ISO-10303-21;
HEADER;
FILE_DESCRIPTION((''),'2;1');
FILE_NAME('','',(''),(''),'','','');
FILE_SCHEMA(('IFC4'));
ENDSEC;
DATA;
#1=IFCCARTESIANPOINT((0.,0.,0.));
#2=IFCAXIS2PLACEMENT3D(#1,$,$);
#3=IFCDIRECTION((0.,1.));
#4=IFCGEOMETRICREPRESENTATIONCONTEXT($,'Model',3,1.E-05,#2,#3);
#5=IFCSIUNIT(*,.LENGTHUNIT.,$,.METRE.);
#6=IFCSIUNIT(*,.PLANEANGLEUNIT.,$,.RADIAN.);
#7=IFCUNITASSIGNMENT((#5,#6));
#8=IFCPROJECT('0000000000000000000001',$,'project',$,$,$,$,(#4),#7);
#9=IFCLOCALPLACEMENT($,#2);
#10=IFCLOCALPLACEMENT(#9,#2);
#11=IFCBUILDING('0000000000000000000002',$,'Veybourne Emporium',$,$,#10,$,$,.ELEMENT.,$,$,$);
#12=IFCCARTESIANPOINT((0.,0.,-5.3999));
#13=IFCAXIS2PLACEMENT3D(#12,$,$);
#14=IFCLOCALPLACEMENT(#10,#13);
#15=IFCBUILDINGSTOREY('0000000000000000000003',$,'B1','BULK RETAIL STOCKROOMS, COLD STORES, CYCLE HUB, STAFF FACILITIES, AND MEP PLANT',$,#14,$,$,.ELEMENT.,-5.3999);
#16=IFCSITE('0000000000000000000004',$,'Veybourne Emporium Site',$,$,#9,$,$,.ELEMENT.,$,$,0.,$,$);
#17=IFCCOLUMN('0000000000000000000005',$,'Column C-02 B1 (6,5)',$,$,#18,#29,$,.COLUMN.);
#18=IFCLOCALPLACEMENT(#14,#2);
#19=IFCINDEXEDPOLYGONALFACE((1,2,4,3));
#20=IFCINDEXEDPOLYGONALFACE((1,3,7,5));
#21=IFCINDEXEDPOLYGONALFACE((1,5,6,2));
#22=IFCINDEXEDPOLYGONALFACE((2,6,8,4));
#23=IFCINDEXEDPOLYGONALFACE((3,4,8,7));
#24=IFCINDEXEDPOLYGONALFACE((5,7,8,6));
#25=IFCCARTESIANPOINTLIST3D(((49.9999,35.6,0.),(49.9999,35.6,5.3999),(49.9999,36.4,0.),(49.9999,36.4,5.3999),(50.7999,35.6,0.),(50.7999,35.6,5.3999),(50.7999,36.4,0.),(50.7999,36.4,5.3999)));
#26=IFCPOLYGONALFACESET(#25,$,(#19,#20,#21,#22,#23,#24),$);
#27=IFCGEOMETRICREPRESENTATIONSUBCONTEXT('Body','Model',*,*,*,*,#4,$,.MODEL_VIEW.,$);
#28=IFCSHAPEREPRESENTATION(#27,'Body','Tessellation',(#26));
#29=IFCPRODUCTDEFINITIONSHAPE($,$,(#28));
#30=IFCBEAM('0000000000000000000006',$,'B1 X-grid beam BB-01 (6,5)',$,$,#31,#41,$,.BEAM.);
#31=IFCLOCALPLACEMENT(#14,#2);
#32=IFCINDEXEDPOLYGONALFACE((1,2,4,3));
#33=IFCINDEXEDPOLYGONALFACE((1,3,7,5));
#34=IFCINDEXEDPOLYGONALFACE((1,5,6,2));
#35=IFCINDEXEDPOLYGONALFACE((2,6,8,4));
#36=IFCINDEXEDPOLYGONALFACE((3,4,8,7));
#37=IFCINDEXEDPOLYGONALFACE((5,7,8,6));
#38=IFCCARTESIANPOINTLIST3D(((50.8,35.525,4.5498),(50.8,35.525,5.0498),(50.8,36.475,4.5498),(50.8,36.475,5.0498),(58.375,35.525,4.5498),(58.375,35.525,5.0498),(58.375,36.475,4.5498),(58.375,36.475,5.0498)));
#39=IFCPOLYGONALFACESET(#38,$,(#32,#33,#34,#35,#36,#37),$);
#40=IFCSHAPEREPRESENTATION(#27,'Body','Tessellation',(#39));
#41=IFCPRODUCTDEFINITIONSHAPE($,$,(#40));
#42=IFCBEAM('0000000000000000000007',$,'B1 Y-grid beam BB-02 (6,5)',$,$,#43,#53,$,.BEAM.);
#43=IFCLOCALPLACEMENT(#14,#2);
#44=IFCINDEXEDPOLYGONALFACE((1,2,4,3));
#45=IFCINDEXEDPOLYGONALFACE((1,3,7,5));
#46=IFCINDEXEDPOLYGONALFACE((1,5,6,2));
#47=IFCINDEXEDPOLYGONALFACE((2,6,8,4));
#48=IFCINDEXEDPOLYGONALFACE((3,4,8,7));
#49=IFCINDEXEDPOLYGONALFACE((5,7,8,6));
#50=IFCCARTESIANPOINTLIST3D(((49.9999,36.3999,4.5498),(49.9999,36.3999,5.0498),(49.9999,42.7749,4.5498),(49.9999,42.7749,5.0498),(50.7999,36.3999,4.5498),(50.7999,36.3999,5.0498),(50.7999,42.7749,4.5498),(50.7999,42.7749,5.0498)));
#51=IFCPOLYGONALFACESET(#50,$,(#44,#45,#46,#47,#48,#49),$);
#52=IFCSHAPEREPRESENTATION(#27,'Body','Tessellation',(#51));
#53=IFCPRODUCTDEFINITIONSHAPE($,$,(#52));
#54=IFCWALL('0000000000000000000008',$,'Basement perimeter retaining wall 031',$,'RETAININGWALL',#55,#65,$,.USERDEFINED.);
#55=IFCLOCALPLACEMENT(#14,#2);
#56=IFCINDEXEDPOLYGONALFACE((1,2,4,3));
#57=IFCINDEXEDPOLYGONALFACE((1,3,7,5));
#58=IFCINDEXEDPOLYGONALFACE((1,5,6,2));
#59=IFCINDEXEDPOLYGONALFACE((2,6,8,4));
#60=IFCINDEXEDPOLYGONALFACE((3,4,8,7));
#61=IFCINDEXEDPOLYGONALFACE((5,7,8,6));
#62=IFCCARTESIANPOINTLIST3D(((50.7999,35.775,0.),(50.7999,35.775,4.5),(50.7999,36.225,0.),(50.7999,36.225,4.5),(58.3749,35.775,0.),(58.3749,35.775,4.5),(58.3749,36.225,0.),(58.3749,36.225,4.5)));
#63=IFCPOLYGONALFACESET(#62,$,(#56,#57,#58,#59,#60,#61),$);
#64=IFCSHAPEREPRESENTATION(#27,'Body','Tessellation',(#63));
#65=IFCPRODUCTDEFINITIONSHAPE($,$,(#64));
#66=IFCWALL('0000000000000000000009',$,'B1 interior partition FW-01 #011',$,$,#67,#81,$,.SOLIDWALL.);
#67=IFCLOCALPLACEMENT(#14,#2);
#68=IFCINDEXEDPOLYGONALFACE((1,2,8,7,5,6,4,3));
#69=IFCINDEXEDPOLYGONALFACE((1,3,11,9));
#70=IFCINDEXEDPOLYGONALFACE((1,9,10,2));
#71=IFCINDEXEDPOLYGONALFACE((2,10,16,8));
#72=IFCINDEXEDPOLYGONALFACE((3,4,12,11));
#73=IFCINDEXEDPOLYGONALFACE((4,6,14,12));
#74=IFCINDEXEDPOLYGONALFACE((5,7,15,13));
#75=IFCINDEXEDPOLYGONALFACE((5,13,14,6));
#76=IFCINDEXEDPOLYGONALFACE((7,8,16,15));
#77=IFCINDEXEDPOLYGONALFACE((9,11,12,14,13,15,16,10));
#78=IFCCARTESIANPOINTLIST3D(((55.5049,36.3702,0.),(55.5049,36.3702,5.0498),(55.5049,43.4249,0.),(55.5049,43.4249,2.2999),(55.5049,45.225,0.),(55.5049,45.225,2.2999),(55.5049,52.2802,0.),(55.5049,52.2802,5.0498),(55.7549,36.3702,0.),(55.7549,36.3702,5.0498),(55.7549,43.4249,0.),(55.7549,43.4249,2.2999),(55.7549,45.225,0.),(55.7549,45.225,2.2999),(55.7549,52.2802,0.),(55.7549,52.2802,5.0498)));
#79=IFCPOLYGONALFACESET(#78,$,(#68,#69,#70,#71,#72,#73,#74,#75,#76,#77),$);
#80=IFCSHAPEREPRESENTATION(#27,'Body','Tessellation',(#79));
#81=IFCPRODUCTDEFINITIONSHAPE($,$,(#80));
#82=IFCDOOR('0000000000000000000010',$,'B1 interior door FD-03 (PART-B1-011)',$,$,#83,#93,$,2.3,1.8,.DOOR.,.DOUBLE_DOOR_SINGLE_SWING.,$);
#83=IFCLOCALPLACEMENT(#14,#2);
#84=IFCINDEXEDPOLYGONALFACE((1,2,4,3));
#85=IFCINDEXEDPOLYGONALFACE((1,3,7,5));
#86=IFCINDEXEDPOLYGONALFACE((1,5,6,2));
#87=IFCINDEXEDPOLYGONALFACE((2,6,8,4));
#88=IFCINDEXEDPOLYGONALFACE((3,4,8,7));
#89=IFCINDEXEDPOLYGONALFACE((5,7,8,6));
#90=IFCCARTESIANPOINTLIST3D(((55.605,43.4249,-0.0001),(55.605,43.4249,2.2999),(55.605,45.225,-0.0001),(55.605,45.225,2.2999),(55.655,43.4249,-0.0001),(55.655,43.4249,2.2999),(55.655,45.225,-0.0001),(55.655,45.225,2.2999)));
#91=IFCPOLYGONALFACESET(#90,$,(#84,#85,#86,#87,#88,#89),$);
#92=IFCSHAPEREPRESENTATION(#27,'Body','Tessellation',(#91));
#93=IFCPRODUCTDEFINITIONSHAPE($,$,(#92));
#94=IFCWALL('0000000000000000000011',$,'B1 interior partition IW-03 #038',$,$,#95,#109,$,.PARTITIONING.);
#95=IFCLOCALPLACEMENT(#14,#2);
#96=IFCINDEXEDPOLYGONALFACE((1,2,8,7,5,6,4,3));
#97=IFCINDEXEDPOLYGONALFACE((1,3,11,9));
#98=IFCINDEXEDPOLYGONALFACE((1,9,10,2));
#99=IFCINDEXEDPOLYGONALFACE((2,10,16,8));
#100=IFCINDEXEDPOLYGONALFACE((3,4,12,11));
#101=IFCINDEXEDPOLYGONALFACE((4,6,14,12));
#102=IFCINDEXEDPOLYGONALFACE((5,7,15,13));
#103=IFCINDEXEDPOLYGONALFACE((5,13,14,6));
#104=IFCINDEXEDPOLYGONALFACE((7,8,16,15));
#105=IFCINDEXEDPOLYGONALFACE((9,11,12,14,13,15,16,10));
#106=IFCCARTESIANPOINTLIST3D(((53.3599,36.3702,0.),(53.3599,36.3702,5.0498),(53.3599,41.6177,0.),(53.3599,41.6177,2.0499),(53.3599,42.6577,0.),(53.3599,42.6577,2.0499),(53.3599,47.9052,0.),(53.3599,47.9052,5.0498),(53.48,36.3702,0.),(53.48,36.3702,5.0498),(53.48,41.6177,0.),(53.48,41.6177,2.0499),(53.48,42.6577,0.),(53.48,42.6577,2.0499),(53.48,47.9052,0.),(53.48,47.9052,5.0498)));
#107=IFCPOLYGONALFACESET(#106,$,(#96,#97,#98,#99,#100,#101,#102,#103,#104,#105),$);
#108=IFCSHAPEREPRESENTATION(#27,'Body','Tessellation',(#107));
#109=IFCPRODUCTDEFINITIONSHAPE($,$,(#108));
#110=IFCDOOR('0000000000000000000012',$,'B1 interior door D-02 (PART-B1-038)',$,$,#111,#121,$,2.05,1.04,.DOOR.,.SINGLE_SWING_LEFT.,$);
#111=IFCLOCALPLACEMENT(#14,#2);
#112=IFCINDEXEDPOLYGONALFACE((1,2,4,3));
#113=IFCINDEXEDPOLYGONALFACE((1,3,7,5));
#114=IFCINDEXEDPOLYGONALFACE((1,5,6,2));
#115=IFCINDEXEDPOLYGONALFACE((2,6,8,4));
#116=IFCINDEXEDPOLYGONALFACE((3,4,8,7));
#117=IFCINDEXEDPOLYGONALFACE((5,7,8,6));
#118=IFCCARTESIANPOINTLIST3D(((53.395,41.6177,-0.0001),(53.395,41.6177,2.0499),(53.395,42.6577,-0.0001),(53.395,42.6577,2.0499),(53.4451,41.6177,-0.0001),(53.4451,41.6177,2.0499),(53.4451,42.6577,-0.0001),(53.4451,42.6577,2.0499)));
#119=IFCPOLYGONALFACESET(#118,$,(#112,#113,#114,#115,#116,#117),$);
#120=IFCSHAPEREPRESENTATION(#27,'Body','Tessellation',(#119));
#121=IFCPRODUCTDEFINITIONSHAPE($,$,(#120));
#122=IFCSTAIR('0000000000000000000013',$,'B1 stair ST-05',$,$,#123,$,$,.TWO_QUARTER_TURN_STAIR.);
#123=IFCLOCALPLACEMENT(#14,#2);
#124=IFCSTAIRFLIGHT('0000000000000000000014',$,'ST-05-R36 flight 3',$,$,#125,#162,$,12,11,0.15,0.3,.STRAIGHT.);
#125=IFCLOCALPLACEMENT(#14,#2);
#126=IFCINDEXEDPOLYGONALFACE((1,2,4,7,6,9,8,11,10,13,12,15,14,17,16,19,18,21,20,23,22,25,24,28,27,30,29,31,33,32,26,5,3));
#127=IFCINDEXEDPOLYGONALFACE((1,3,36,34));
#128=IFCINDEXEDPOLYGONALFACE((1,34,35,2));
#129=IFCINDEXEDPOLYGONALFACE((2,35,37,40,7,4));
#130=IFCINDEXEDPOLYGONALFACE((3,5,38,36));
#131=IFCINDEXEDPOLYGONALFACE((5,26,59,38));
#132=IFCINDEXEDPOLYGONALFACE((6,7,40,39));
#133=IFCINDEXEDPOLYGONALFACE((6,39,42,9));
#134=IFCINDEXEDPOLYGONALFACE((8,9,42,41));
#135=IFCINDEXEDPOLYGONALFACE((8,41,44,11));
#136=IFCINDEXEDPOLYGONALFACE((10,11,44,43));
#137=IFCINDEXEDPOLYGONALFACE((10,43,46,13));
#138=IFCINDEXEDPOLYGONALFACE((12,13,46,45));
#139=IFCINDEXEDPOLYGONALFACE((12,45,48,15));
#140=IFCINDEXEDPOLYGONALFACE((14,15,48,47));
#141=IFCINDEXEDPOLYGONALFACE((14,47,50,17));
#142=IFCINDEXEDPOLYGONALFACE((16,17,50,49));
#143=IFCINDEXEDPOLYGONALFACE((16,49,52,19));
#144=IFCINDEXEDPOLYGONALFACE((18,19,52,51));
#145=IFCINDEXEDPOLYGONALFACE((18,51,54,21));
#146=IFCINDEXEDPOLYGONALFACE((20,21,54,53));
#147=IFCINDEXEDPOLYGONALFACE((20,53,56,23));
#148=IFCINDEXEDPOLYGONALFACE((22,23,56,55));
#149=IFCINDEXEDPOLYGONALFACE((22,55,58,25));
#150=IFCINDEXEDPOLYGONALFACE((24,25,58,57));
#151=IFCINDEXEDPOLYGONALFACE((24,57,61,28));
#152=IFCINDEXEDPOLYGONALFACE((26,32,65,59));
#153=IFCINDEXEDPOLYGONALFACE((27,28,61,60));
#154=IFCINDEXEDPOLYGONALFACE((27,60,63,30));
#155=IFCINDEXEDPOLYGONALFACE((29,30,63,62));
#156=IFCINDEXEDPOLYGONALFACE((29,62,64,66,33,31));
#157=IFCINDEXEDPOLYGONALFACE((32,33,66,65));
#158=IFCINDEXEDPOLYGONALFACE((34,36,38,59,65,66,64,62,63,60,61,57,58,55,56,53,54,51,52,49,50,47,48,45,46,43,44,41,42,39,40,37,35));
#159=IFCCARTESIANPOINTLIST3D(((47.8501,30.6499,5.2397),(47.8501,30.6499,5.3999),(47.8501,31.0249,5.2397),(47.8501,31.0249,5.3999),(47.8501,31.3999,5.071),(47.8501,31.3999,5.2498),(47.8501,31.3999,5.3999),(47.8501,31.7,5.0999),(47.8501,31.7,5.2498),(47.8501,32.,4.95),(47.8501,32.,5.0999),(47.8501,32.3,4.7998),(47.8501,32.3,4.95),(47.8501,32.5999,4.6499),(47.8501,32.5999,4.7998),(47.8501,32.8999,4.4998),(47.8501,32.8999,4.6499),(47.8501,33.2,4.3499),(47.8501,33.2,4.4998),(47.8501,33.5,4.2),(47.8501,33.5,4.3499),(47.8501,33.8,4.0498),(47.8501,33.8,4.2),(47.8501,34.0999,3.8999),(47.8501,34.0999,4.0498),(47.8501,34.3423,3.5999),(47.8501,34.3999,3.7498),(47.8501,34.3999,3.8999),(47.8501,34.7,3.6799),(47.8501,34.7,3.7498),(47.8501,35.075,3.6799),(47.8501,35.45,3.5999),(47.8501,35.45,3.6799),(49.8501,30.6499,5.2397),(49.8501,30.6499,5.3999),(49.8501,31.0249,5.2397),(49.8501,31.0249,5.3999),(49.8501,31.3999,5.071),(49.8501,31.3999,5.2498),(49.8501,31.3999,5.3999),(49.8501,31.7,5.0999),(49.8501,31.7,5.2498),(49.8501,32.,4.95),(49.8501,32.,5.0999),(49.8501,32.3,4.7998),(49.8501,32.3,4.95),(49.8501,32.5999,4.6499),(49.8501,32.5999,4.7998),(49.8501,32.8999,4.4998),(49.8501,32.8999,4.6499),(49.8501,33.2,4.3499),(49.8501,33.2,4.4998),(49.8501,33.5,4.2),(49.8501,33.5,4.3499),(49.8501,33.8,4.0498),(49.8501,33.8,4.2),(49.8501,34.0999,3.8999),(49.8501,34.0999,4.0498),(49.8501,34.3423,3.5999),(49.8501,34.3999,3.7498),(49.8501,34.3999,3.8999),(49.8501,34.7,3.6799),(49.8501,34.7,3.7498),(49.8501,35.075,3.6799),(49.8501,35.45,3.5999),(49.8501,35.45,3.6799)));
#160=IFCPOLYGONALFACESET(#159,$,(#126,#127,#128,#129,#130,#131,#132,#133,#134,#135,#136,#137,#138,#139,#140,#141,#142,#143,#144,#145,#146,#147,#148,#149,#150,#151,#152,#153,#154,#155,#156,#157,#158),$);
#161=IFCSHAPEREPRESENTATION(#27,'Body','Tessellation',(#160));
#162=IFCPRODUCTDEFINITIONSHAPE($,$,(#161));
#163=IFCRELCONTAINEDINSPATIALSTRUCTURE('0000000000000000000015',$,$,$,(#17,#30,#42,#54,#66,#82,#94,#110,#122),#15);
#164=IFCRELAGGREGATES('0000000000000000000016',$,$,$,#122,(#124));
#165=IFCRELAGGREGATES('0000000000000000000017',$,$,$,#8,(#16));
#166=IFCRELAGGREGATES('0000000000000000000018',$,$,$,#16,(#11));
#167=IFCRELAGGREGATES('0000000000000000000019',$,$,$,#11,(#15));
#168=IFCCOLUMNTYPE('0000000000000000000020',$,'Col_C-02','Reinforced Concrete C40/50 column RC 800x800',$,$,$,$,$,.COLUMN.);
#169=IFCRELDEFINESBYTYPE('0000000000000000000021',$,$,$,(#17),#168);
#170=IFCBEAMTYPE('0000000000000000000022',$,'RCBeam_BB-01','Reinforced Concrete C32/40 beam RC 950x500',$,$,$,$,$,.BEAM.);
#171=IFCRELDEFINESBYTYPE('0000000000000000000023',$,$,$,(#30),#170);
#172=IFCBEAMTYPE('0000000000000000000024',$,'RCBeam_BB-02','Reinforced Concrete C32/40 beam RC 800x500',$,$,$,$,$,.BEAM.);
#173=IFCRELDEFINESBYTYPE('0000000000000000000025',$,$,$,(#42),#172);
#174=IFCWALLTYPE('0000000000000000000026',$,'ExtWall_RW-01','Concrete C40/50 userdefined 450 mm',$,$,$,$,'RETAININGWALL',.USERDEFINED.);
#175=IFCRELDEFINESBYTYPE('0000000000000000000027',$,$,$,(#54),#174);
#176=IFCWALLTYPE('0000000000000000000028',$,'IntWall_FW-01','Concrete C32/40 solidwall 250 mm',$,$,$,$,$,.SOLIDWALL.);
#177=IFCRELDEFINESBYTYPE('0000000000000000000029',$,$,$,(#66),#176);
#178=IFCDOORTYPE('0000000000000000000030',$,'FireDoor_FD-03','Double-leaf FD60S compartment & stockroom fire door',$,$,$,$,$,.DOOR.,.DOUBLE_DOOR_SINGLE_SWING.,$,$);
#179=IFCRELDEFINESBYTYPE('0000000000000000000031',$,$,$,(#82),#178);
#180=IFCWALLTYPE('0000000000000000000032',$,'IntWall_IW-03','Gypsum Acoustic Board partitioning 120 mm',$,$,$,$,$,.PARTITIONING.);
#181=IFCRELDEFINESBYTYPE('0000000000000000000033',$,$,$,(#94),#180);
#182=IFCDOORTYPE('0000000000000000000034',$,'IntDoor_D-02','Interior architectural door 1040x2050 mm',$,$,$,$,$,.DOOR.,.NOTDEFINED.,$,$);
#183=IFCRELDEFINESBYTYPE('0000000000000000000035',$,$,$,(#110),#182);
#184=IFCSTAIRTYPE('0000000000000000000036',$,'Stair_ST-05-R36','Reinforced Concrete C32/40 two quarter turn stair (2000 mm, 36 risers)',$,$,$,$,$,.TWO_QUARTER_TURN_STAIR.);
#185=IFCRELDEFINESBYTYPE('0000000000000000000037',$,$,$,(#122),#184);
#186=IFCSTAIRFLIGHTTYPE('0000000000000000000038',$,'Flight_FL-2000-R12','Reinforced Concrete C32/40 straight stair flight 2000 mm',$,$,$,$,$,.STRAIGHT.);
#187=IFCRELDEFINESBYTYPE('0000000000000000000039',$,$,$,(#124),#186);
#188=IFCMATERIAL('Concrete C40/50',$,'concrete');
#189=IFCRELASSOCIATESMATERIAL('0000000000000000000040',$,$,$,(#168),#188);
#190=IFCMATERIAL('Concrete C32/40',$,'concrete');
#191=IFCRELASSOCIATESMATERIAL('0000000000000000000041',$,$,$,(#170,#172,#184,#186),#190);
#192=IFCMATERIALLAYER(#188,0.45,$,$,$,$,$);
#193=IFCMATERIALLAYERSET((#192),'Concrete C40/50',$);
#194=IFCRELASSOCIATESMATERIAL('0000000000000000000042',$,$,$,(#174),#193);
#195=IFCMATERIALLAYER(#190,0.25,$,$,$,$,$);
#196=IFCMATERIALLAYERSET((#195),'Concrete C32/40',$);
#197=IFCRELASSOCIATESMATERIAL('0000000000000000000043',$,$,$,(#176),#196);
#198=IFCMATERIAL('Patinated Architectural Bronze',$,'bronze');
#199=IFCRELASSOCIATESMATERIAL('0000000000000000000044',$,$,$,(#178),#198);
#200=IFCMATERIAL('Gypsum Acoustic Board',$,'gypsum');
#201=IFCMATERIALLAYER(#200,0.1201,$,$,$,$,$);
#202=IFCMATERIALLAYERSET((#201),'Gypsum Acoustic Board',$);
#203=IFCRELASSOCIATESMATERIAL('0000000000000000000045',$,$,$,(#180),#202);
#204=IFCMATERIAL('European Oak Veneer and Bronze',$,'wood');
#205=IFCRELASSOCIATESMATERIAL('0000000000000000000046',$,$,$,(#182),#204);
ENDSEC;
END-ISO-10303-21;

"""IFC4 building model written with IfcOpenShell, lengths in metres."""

from ifc_helpers import new_model, si_unit, direction, frame, frame_2d, origin, origin_2d, place, context, subcontext, project, spatial, polyline, rectangle, outline, extrude, material, layer, layer_set, material_profile, profile_set, type_object, element, fill, aggregate, save


model = new_model("IFC4")

# Units and contexts
model_context = context("Model", 3, precision=1e-05, world=origin(), true_north=direction((0.0, 1.0)))
body_context = subcontext(model_context, "Body", "Model", "MODEL_VIEW")
ifc_project = project(units=[si_unit("LENGTHUNIT", "METRE"), si_unit("PLANEANGLEUNIT", "RADIAN")], contexts=[model_context])

# Site, building, storey
site_placement = place(None, origin())
site = spatial("IfcSite", under=ifc_project, at=site_placement, Name="Veybourne Emporium Site", CompositionType="ELEMENT", RefElevation=0.0)
building_placement = place(site_placement, origin())
building = spatial("IfcBuilding", under=site, at=building_placement, Name="Veybourne Emporium", CompositionType="ELEMENT")
storey_placement = place(building_placement, frame((0.0, 0.0, -5.3999)))
storey = spatial("IfcBuildingStorey", under=building, at=storey_placement, Name="B1", Description="BULK RETAIL STOCKROOMS, COLD STORES, CYCLE HUB, STAFF FACILITIES, AND MEP PLANT", CompositionType="ELEMENT", Elevation=-5.3999)

# Column
ifc_material_1 = material(Name="Concrete C40/50", Category="concrete")
ifc_material_profile_1 = material_profile(ifc_material_1, rectangle(XDim=0.8, YDim=0.8, at=origin_2d()), Name="RC 800x800")
ifc_profile_set_1 = profile_set([ifc_material_profile_1], Name="Concrete C40/50")
column_type_1 = type_object("IfcColumnType", Name="Col_C-02", Description="Reinforced Concrete C40/50 column RC 800x800", PredefinedType="COLUMN", material=ifc_profile_set_1)
column_1_placement = place(storey_placement, frame((50.3999, 36.0, 0.0), z_axis=(0.0, 0.0, 1.0), x_axis=(1.0, 0.0, 0.0)))
element("IfcColumn", 1, at=column_1_placement, inside=storey, type_object=column_type_1, Name="Column C-02 B1 (6,5)", PredefinedType="COLUMN", context=body_context, shape_type="SweptSolid", body=[
    extrude(rectangle(XDim=0.8, YDim=0.8, at=origin_2d()), origin(), (0.0, 0.0, 1.0), 5.3999),
])

# Beams
ifc_material_2 = material(Name="Concrete C32/40", Category="concrete")
ifc_material_profile_2 = material_profile(ifc_material_2, rectangle(XDim=0.95, YDim=0.5, at=origin_2d()), Name="RC 950x500")
ifc_profile_set_2 = profile_set([ifc_material_profile_2], Name="Concrete C32/40")
beam_type_1 = type_object("IfcBeamType", Name="RCBeam_BB-01", Description="Reinforced Concrete C32/40 beam RC 950x500", PredefinedType="BEAM", material=ifc_profile_set_2)
beam_1_placement = place(storey_placement, frame((50.8, 36.0, 4.7998), z_axis=(1.0, 0.0, 0.0), x_axis=(0.0, 1.0, 0.0)))
element("IfcBeam", 2, at=beam_1_placement, inside=storey, type_object=beam_type_1, Name="B1 X-grid beam BB-01 (6,5)", PredefinedType="BEAM", context=body_context, shape_type="SweptSolid", body=[
    extrude(rectangle(XDim=0.95, YDim=0.5, at=origin_2d()), origin(), (0.0, 0.0, 1.0), 7.575),
])
ifc_material_profile_3 = material_profile(ifc_material_2, rectangle(XDim=0.8, YDim=0.5, at=origin_2d()), Name="RC 800x500")
ifc_profile_set_3 = profile_set([ifc_material_profile_3], Name="Concrete C32/40")
beam_type_2 = type_object("IfcBeamType", Name="RCBeam_BB-02", Description="Reinforced Concrete C32/40 beam RC 800x500", PredefinedType="BEAM", material=ifc_profile_set_3)
beam_2_placement = place(storey_placement, frame((50.3999, 36.3999, 4.7998), z_axis=(0.0, 1.0, 0.0), x_axis=(-1.0, 0.0, 0.0)))
element("IfcBeam", 3, at=beam_2_placement, inside=storey, type_object=beam_type_2, Name="B1 Y-grid beam BB-02 (6,5)", PredefinedType="BEAM", context=body_context, shape_type="SweptSolid", body=[
    extrude(rectangle(XDim=0.8, YDim=0.5, at=origin_2d()), origin(), (0.0, 0.0, 1.0), 6.375),
])

# Wall
ifc_layer_1 = layer(ifc_material_1, 0.45)
ifc_layer_set_1 = layer_set([ifc_layer_1], Name="Concrete C40/50")
wall_type_1 = type_object("IfcWallType", Name="ExtWall_RW-01", Description="Concrete C40/50 userdefined 450 mm", ElementType="RETAININGWALL", PredefinedType="USERDEFINED", material=ifc_layer_set_1)
wall_1_placement = place(storey_placement, frame((58.375, 36.0, 0.0), z_axis=(0.0, 0.0, 1.0), x_axis=(-1.0, 0.0, 0.0)))
element("IfcWall", 4, at=wall_1_placement, inside=storey, type_object=wall_type_1, Name="Basement perimeter retaining wall 031", ObjectType="RETAININGWALL", PredefinedType="USERDEFINED", context=body_context, shape_type="SweptSolid", body=[
    extrude(rectangle(XDim=7.575, YDim=0.45, at=frame_2d((3.7876, 0.0))), origin(), (0.0, 0.0, 1.0), 4.5),
])

# Walls, openings, doors
ifc_layer_2 = layer(ifc_material_2, 0.25)
ifc_layer_set_2 = layer_set([ifc_layer_2], Name="Concrete C32/40")
wall_type_2 = type_object("IfcWallType", Name="IntWall_FW-01", Description="Concrete C32/40 solidwall 250 mm", PredefinedType="SOLIDWALL", material=ifc_layer_set_2)
wall_2_placement = place(storey_placement, frame((55.6299, 36.3701, 0.0), z_axis=(0.0, 0.0, 1.0), x_axis=(0.0, 1.0, 0.0)))
wall_2 = element("IfcWall", 5, at=wall_2_placement, inside=storey, type_object=wall_type_2, Name="B1 interior partition FW-01 #011", PredefinedType="SOLIDWALL", context=body_context, shape_type="SweptSolid", body=[
    extrude(rectangle(XDim=15.9099, YDim=0.25, at=frame_2d((7.9551, 0.0))), origin(), (0.0, 0.0, 1.0), 5.0498),
])
opening_1_placement = place(wall_2_placement, frame((7.0549, 0.0, 0.0)))
opening_1 = element("IfcOpeningElement", 6, at=opening_1_placement, cuts=wall_2, PredefinedType="OPENING", context=body_context, shape_type="SweptSolid", body=[
    extrude(rectangle(XDim=1.8, YDim=2.3, at=frame_2d((0.8999, 1.1499))), frame((0.0, 0.145, 0.0), z_axis=(0.0, -1.0, 0.0), x_axis=(1.0, 0.0, 0.0)), (0.0, 0.0, 1.0), 0.29),
])
ifc_material_3 = material(Name="Patinated Architectural Bronze", Category="bronze")
door_type_1 = type_object("IfcDoorType", Name="FireDoor_FD-03", Description="Double-leaf FD60S compartment & stockroom fire door", OperationType="DOUBLE_DOOR_SINGLE_SWING", PredefinedType="DOOR", material=ifc_material_3)
door_1_placement = place(opening_1_placement, origin())
door_1 = element("IfcDoor", 7, at=door_1_placement, inside=storey, type_object=door_type_1, Name="B1 interior door FD-03 (PART-B1-011)", OperationType="DOUBLE_DOOR_SINGLE_SWING", OverallHeight=2.3, OverallWidth=1.8, PredefinedType="DOOR", context=body_context, shape_type="SweptSolid", body=[
    extrude(rectangle(XDim=1.8, YDim=2.3, at=frame_2d((0.8999, 1.1499))), frame((0.0, 0.0249, 0.0), z_axis=(0.0, -1.0, 0.0), x_axis=(1.0, 0.0, 0.0)), (0.0, 0.0, 1.0), 0.05),
])
fill(opening_1, door_1)
ifc_material_4 = material(Name="Gypsum Acoustic Board", Category="gypsum")
ifc_layer_3 = layer(ifc_material_4, 0.1201)
ifc_layer_set_3 = layer_set([ifc_layer_3], Name="Gypsum Acoustic Board")
wall_type_3 = type_object("IfcWallType", Name="IntWall_IW-03", Description="Gypsum Acoustic Board partitioning 120 mm", PredefinedType="PARTITIONING", material=ifc_layer_set_3)
wall_3_placement = place(storey_placement, frame((53.4199, 36.3701, 0.0), z_axis=(0.0, 0.0, 1.0), x_axis=(0.0, 1.0, 0.0)))
wall_3 = element("IfcWall", 8, at=wall_3_placement, inside=storey, type_object=wall_type_3, Name="B1 interior partition IW-03 #038", PredefinedType="PARTITIONING", context=body_context, shape_type="SweptSolid", body=[
    extrude(rectangle(XDim=11.5349, YDim=0.1201, at=frame_2d((5.7676, 0.0))), origin(), (0.0, 0.0, 1.0), 5.0498),
])
opening_2_placement = place(wall_3_placement, frame((5.2476, 0.0, 0.0)))
opening_2 = element("IfcOpeningElement", 9, at=opening_2_placement, cuts=wall_3, PredefinedType="OPENING", context=body_context, shape_type="SweptSolid", body=[
    extrude(rectangle(XDim=1.04, YDim=2.05, at=frame_2d((0.52, 1.0249))), frame((0.0, 0.0801, 0.0), z_axis=(0.0, -1.0, 0.0), x_axis=(1.0, 0.0, 0.0)), (0.0, 0.0, 1.0), 0.1602),
])
ifc_material_5 = material(Name="European Oak Veneer and Bronze", Category="wood")
door_type_2 = type_object("IfcDoorType", Name="IntDoor_D-02", Description="Interior architectural door 1040x2050 mm", OperationType="NOTDEFINED", PredefinedType="DOOR", material=ifc_material_5)
door_2_placement = place(opening_2_placement, origin())
door_2 = element("IfcDoor", 10, at=door_2_placement, inside=storey, type_object=door_type_2, Name="B1 interior door D-02 (PART-B1-038)", OperationType="SINGLE_SWING_LEFT", OverallHeight=2.05, OverallWidth=1.04, PredefinedType="DOOR", context=body_context, shape_type="SweptSolid", body=[
    extrude(rectangle(XDim=1.04, YDim=2.05, at=frame_2d((0.52, 1.0249))), frame((0.0, 0.0249, 0.0), z_axis=(0.0, -1.0, 0.0), x_axis=(1.0, 0.0, 0.0)), (0.0, 0.0, 1.0), 0.05),
])
fill(opening_2, door_2)

# Stair, stair flight
stair_type = type_object("IfcStairType", Name="Stair_ST-05-R36", Description="Reinforced Concrete C32/40 two quarter turn stair (2000 mm, 36 risers)", PredefinedType="TWO_QUARTER_TURN_STAIR", material=ifc_material_2)
stair_placement = place(storey_placement, origin())
stair = element("IfcStair", 11, at=stair_placement, inside=storey, type_object=stair_type, Name="B1 stair ST-05", PredefinedType="TWO_QUARTER_TURN_STAIR")
stair_flight_type = type_object("IfcStairFlightType", Name="Flight_FL-2000-R12", Description="Reinforced Concrete C32/40 straight stair flight 2000 mm", PredefinedType="STRAIGHT", material=ifc_material_2)
stair_flight_placement = place(storey_placement, frame((48.8501, 34.7, 3.5999), z_axis=(0.0, 0.0, 1.0), x_axis=(0.0, -1.0, 0.0)))
stair_flight = element("IfcStairFlight", 12, at=stair_flight_placement, type_object=stair_flight_type, Name="ST-05-R36 flight 3", NumberOfRisers=12, NumberOfTreads=11, PredefinedType="STRAIGHT", RiserHeight=0.15, TreadLength=0.3, context=body_context, shape_type="SweptSolid", body=[
    extrude(outline(polyline([(-0.75, 0.0), (-0.75, 0.0801), (-0.375, 0.0801), (0.0, 0.0801), (0.0, 0.1499), (0.3, 0.1499), (0.3, 0.3), (0.6001, 0.3), (0.6001, 0.45), (0.8999, 0.45), (0.8999, 0.6001), (1.2, 0.6001), (1.2, 0.75), (1.5, 0.75), (1.5, 0.8999), (1.8, 0.8999), (1.8, 1.05), (2.1001, 1.05), (2.1001, 1.2), (2.3999, 1.2), (2.3999, 1.3501), (2.7, 1.3501), (2.7, 1.5), (3.0, 1.5), (3.0, 1.6499), (3.3, 1.6499), (3.3, 1.8), (3.675, 1.8), (4.05, 1.8), (4.05, 1.6399), (3.675, 1.6399), (3.3, 1.4712), (0.3577, 0.0), (-0.75, 0.0)])), frame((0.0, 1.0, 0.0), z_axis=(0.0, -1.0, 0.0), x_axis=(1.0, 0.0, 0.0)), (0.0, 0.0, 1.0), 2.0),
])
aggregate(stair, [stair_flight])

save(model, "model.ifc")
